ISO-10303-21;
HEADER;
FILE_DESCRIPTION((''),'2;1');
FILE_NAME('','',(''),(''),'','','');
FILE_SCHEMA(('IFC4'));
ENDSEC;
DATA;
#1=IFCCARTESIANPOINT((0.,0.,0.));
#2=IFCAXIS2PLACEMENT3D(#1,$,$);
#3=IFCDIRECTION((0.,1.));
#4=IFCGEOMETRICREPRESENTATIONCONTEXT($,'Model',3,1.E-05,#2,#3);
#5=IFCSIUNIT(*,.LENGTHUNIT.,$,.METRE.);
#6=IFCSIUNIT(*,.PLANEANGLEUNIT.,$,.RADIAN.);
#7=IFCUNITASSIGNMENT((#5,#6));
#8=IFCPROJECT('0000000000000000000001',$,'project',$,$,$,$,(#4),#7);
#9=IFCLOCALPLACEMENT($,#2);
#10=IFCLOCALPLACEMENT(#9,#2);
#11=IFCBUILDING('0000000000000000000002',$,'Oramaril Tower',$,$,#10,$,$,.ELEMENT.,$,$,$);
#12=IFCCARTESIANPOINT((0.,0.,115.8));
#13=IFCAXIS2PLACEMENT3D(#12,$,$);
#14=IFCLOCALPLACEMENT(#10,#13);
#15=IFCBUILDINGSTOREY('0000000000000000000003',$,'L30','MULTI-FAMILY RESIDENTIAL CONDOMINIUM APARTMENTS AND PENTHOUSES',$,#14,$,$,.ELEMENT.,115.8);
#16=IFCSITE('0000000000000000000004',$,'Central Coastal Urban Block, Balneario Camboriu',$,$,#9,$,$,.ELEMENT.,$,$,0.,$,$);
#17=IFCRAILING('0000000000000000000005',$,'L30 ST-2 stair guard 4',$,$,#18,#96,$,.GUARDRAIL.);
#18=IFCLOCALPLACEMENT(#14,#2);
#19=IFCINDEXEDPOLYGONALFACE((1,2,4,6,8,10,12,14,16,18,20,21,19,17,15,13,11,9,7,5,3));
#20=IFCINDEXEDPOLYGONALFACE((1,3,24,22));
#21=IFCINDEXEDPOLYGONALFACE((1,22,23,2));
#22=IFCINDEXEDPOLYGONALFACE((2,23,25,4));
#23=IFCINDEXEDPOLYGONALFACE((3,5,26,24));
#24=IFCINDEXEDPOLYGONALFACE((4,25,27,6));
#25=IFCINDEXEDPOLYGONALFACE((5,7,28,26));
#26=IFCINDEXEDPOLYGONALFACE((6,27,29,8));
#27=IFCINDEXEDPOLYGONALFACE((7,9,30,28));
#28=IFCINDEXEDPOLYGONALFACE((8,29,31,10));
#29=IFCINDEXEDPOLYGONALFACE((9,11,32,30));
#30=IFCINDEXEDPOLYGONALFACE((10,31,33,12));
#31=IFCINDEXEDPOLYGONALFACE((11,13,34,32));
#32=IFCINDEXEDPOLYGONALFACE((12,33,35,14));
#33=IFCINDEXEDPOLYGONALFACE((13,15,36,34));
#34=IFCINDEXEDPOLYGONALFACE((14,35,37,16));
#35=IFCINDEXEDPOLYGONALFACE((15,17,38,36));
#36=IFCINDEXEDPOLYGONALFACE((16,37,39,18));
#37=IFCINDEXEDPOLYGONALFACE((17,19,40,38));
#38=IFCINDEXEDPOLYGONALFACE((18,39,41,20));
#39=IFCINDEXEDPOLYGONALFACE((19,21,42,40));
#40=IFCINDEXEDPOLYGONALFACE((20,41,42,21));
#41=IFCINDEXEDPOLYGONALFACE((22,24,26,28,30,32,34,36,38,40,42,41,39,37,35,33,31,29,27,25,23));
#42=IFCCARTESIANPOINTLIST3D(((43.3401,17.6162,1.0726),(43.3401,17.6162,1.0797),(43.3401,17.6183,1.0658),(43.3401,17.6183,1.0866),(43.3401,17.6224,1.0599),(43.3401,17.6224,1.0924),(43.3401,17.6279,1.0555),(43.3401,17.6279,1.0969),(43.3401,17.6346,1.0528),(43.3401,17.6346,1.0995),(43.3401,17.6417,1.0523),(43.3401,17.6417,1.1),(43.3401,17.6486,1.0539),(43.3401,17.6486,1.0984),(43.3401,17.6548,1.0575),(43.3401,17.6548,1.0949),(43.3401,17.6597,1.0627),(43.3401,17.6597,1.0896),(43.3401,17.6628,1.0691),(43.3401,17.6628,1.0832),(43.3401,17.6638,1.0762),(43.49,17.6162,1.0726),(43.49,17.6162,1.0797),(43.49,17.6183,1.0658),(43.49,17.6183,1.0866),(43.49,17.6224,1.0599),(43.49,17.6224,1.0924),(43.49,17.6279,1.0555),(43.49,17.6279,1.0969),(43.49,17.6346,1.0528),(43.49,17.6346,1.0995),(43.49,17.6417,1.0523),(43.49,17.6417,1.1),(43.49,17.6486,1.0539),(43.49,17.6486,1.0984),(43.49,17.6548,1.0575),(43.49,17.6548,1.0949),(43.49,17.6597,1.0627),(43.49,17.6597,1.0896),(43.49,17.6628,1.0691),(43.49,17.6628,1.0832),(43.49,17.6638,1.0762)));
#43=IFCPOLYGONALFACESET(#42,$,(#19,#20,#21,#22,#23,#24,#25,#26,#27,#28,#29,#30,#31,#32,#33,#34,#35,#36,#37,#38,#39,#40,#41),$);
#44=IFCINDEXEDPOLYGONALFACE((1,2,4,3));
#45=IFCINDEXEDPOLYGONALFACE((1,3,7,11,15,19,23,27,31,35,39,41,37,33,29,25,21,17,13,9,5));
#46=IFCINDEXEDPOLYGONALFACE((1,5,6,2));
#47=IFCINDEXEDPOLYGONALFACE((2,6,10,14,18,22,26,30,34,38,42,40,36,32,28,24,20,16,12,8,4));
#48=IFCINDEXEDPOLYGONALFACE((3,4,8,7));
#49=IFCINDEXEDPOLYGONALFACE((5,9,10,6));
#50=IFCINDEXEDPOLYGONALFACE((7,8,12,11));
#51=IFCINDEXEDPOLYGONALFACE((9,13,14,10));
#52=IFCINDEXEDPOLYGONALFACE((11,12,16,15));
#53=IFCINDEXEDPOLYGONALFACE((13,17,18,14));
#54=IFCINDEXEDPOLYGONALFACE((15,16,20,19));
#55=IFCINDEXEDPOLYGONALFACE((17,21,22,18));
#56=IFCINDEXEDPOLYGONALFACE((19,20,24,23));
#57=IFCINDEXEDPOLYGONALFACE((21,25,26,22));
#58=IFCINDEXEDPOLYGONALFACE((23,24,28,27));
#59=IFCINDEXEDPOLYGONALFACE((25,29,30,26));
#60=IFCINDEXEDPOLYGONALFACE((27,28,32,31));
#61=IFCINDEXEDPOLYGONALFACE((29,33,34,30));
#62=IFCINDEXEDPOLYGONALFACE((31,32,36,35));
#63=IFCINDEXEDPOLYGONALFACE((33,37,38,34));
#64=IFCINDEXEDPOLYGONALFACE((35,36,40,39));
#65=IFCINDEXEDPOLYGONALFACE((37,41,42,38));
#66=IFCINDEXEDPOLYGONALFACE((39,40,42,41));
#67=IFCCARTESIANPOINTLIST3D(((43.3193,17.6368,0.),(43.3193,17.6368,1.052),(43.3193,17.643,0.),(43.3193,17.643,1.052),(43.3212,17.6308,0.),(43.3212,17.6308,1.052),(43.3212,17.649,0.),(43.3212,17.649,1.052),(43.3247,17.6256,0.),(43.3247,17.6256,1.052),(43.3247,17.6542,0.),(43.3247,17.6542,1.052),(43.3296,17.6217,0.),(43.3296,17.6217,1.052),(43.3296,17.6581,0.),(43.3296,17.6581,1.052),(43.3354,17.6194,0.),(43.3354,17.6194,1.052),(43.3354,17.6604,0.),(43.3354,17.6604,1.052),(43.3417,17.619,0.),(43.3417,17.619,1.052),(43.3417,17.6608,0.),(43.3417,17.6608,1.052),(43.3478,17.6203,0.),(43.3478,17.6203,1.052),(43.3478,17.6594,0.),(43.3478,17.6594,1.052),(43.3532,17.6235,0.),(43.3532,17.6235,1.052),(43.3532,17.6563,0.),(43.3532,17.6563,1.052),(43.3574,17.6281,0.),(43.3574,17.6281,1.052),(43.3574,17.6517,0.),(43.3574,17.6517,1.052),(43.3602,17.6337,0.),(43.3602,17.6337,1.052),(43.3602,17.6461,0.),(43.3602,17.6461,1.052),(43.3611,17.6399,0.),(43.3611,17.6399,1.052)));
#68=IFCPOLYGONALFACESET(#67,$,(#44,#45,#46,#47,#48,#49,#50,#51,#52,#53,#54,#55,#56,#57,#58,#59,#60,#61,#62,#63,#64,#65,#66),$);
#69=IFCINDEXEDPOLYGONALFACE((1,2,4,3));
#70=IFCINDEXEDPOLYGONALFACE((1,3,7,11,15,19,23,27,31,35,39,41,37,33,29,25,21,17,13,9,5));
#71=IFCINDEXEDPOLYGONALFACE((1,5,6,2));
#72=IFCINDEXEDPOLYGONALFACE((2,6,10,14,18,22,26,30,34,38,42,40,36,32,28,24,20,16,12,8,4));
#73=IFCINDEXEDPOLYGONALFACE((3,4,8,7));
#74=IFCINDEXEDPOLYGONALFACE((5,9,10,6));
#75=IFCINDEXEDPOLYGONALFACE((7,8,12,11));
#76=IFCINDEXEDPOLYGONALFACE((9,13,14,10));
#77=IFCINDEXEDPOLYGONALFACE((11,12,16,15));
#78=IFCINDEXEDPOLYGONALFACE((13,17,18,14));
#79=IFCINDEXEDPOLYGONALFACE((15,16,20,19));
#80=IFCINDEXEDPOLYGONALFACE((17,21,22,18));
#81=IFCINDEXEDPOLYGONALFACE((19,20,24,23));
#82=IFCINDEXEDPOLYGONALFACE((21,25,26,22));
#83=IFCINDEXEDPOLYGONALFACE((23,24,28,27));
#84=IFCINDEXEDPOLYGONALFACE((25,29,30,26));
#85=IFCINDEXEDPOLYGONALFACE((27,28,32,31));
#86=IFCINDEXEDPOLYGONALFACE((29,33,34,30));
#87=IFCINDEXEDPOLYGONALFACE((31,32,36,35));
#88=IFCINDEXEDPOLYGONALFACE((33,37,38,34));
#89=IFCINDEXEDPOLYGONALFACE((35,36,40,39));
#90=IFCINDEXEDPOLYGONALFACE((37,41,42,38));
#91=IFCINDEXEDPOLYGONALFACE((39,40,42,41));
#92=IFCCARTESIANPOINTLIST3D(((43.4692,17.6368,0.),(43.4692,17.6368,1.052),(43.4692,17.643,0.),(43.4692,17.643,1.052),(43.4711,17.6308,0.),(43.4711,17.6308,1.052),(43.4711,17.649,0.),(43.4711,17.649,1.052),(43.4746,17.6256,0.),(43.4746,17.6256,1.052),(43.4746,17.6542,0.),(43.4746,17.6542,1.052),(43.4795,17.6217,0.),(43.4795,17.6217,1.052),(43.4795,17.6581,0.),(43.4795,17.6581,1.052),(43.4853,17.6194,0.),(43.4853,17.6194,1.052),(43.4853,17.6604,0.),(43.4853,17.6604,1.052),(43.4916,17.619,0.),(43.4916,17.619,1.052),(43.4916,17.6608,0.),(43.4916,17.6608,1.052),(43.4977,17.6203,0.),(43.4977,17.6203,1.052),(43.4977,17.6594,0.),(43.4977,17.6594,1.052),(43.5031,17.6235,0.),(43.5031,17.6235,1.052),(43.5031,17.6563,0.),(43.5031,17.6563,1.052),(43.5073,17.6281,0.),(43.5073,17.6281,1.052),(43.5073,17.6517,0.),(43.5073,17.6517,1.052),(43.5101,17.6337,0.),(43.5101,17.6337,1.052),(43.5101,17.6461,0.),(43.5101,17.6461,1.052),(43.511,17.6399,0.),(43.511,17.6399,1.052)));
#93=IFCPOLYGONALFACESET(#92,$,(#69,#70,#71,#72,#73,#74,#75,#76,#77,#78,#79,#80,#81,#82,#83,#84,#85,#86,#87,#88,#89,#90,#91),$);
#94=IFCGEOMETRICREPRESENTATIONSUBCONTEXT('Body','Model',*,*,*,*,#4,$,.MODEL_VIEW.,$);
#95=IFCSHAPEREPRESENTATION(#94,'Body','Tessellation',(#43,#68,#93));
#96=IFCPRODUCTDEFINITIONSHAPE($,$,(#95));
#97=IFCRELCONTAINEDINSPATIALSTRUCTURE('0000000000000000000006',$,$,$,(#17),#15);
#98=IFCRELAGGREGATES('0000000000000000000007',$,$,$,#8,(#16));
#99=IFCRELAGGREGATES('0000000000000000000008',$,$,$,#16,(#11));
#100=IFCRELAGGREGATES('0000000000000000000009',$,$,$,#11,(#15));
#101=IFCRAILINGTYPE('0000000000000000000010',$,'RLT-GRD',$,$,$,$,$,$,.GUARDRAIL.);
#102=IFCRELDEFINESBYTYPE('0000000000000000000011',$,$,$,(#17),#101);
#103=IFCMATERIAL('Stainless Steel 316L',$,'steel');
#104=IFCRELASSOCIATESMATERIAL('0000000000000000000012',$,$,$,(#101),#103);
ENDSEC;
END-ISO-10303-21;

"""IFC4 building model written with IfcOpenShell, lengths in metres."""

from ifc_helpers import new_model, si_unit, direction, frame, origin, origin_2d, place, context, subcontext, project, spatial, circle, extrude, material, type_object, element, save


model = new_model("IFC4")

# Units and contexts
model_context = context("Model", 3, precision=1e-05, world=origin(), true_north=direction((0.0, 1.0)))
body_context = subcontext(model_context, "Body", "Model", "MODEL_VIEW")
ifc_project = project(units=[si_unit("LENGTHUNIT", "METRE"), si_unit("PLANEANGLEUNIT", "RADIAN")], contexts=[model_context])

# Site, building, storey
site_placement = place(None, origin())
site = spatial("IfcSite", under=ifc_project, at=site_placement, Name="Central Coastal Urban Block, Balneario Camboriu", CompositionType="ELEMENT", RefElevation=0.0)
building_placement = place(site_placement, origin())
building = spatial("IfcBuilding", under=site, at=building_placement, Name="Oramaril Tower", CompositionType="ELEMENT")
storey_placement = place(building_placement, frame((0.0, 0.0, 115.8)))
storey = spatial("IfcBuildingStorey", under=building, at=storey_placement, Name="L30", Description="MULTI-FAMILY RESIDENTIAL CONDOMINIUM APARTMENTS AND PENTHOUSES", CompositionType="ELEMENT", Elevation=115.8)

# Railing
ifc_material_1 = material(Name="Stainless Steel 316L", Category="steel")
railing_type = type_object("IfcRailingType", Name="RLT-GRD", PredefinedType="GUARDRAIL", material=ifc_material_1)
railing_1_placement = place(storey_placement, frame((43.3401, 17.6399, 0.0)))
element("IfcRailing", 1, at=railing_1_placement, inside=storey, type_object=railing_type, Name="L30 ST-2 stair guard 4", PredefinedType="GUARDRAIL", context=body_context, shape_type="SweptSolid", body=[
    extrude(circle(Radius=0.0239, at=origin_2d()), frame((0.0, 0.0, 1.0762), z_axis=(1.0, 0.0, 0.0), x_axis=(0.0, 1.0, 0.0)), (0.0, 0.0, 1.0), 0.1499),
    extrude(circle(Radius=0.021, at=origin_2d()), origin(), (0.0, 0.0, 1.0), 1.052),
    extrude(circle(Radius=0.021, at=origin_2d()), frame((0.1499, 0.0, 0.0)), (0.0, 0.0, 1.0), 1.052),
])

save(model, "model.ifc")
